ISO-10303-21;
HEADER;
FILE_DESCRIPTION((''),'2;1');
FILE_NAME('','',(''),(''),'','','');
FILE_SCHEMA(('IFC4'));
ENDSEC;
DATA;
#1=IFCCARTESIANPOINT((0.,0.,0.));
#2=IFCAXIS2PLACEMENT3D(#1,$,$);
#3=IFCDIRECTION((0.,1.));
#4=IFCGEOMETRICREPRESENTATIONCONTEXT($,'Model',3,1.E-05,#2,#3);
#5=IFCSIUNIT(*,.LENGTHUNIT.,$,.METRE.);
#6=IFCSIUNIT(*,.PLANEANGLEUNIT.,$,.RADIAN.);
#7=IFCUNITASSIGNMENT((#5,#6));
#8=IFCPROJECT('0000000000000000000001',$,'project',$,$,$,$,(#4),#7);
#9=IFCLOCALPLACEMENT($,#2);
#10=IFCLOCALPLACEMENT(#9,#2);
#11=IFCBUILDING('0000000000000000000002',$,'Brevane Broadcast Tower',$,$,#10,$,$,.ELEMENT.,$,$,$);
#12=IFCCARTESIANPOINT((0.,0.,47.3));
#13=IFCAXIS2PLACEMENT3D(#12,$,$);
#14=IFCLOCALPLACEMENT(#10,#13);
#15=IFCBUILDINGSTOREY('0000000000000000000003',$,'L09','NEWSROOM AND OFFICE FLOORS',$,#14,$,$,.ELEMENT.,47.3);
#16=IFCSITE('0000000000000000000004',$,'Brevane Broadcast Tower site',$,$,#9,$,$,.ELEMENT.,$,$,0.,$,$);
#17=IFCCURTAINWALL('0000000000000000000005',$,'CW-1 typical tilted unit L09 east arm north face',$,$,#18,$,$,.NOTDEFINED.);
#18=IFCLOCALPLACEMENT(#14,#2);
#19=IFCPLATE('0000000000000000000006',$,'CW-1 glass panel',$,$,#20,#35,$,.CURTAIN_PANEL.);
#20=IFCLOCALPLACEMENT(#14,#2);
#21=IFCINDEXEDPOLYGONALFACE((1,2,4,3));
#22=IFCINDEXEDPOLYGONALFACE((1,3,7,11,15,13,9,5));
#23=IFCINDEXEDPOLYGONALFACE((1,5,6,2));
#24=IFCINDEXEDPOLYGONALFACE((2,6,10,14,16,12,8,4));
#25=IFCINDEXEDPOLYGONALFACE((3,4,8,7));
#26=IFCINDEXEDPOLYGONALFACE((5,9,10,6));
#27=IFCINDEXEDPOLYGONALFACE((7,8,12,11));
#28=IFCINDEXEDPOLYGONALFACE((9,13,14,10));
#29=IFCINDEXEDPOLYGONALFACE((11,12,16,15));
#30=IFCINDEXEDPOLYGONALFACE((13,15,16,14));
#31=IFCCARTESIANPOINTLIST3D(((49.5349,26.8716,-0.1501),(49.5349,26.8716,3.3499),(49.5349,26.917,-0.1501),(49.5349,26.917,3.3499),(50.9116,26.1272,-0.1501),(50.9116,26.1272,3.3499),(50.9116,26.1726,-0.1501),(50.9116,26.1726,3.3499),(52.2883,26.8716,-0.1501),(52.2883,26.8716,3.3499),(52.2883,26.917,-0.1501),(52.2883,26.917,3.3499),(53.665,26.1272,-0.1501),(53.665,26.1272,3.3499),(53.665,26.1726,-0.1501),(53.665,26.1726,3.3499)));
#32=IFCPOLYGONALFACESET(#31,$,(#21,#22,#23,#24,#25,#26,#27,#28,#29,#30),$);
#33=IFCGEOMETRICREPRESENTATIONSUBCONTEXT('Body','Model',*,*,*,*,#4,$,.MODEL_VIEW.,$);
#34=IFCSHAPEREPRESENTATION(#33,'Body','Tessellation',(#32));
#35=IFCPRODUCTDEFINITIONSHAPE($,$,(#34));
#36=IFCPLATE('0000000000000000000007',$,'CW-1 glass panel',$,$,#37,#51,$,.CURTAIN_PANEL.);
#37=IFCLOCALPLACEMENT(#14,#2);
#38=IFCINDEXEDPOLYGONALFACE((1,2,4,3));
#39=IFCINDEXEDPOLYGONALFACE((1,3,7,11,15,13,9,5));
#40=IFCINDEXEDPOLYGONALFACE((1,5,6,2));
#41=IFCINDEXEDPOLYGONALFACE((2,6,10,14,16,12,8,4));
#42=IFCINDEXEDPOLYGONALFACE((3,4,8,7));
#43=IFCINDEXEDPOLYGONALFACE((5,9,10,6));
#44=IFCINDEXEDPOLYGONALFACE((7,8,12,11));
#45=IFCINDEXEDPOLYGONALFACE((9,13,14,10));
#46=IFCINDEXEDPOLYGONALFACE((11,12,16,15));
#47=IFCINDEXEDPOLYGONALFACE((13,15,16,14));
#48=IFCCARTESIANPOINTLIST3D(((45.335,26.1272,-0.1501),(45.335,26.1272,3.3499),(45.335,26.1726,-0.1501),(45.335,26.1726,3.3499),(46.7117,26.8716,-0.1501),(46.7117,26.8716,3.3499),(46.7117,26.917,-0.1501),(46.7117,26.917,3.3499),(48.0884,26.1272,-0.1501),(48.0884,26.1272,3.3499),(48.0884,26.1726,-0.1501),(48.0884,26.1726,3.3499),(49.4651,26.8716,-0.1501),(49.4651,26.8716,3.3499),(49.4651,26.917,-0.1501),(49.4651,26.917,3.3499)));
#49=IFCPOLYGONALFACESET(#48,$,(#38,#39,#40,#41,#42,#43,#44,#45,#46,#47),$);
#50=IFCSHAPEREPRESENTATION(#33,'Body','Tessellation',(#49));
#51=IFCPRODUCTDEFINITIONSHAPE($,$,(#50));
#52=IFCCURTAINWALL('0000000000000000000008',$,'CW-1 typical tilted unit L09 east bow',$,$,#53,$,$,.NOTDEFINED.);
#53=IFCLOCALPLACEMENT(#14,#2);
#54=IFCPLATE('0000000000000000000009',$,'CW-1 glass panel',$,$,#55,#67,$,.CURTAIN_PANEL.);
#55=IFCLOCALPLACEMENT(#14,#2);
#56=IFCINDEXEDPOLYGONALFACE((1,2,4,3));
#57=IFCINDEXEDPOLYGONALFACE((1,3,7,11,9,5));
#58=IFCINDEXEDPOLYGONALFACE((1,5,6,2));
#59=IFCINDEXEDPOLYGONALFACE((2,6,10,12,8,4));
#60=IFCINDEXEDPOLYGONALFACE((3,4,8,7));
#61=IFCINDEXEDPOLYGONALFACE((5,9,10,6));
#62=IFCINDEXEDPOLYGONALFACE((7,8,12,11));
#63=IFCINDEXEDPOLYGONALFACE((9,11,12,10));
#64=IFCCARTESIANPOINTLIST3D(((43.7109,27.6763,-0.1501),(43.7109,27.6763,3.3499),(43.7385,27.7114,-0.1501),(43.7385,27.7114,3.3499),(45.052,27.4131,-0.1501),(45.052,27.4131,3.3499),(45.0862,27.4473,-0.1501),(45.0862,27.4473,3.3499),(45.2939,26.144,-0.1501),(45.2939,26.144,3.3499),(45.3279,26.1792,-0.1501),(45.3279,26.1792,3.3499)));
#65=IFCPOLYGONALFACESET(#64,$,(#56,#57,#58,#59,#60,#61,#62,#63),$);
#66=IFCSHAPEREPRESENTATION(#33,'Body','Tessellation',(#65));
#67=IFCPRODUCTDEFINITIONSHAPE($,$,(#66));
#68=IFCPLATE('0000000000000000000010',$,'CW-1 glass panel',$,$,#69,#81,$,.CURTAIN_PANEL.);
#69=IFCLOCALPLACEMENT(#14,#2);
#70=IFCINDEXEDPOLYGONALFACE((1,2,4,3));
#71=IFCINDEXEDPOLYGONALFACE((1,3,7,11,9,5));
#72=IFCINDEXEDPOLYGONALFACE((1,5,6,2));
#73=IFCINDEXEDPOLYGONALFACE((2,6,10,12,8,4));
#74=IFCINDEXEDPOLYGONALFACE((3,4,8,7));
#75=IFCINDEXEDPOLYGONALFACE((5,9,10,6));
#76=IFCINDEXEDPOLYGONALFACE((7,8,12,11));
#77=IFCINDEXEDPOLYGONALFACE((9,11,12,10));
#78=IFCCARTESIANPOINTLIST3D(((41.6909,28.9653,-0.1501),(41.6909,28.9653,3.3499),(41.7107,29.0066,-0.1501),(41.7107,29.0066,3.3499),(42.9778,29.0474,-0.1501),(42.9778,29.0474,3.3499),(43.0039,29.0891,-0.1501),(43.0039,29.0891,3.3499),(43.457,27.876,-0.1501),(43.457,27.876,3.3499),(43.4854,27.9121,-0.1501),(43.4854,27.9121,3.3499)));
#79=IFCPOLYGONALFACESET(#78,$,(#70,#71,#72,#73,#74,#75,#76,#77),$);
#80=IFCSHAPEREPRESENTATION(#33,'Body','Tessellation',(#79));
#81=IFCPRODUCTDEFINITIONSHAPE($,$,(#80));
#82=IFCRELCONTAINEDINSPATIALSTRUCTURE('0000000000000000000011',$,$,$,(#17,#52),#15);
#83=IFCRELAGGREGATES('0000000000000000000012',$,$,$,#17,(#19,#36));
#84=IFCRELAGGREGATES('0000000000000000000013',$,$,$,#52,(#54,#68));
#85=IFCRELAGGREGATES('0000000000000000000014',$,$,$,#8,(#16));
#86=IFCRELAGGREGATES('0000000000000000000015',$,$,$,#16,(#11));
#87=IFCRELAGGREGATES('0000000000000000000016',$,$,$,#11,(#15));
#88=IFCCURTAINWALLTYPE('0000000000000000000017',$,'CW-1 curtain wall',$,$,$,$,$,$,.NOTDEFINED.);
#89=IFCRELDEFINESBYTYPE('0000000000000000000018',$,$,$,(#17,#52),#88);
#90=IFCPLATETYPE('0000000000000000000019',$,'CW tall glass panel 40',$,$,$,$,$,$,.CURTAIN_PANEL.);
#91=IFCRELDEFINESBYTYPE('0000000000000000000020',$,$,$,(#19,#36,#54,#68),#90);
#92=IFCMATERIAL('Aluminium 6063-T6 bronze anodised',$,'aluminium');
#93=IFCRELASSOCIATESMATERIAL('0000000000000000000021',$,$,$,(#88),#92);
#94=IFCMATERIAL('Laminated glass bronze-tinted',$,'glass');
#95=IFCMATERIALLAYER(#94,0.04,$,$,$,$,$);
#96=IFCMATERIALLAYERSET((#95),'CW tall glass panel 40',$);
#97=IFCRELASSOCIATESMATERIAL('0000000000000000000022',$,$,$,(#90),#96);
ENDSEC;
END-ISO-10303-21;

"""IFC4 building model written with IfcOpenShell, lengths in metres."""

from ifc_helpers import new_model, si_unit, direction, frame, origin, place, context, subcontext, project, spatial, polyline, outline, extrude, material, layer, layer_set, type_object, element, aggregate, save


model = new_model("IFC4")

# Units and contexts
model_context = context("Model", 3, precision=1e-05, world=origin(), true_north=direction((0.0, 1.0)))
body_context = subcontext(model_context, "Body", "Model", "MODEL_VIEW")
ifc_project = project(units=[si_unit("LENGTHUNIT", "METRE"), si_unit("PLANEANGLEUNIT", "RADIAN")], contexts=[model_context])

# Site, building, storey
site_placement = place(None, origin())
site = spatial("IfcSite", under=ifc_project, at=site_placement, Name="Brevane Broadcast Tower site", CompositionType="ELEMENT", RefElevation=0.0)
building_placement = place(site_placement, origin())
building = spatial("IfcBuilding", under=site, at=building_placement, Name="Brevane Broadcast Tower", CompositionType="ELEMENT")
storey_placement = place(building_placement, frame((0.0, 0.0, 47.3)))
storey = spatial("IfcBuildingStorey", under=building, at=storey_placement, Name="L09", Description="NEWSROOM AND OFFICE FLOORS", CompositionType="ELEMENT", Elevation=47.3)

# Curtain walls, plates
ifc_material_1 = material(Name="Aluminium 6063-T6 bronze anodised", Category="aluminium")
curtain_wall_type = type_object("IfcCurtainWallType", Name="CW-1 curtain wall", PredefinedType="NOTDEFINED", material=ifc_material_1)
ifc_material_2 = material(Name="Laminated glass bronze-tinted", Category="glass")
ifc_layer = layer(ifc_material_2, 0.04)
ifc_layer_set = layer_set([ifc_layer], Name="CW tall glass panel 40")
plate_type = type_object("IfcPlateType", Name="CW tall glass panel 40", PredefinedType="CURTAIN_PANEL", material=ifc_layer_set)
curtain_wall_1_placement = place(storey_placement, origin())
curtain_wall_1 = element("IfcCurtainWall", 1, at=curtain_wall_1_placement, inside=storey, type_object=curtain_wall_type, Name="CW-1 typical tilted unit L09 east arm north face", PredefinedType="NOTDEFINED")
plate_1_placement = place(storey_placement, frame((0.0, 0.0, -0.1501)))
plate_1 = element("IfcPlate", 2, at=plate_1_placement, type_object=plate_type, Name="CW-1 glass panel", PredefinedType="CURTAIN_PANEL", context=body_context, shape_type="SweptSolid", body=[
    extrude(outline(polyline([(53.665, 26.1272), (53.665, 26.1726), (52.2883, 26.917), (50.9116, 26.1726), (49.5349, 26.917), (49.5349, 26.8716), (50.9116, 26.1272), (52.2883, 26.8716), (53.665, 26.1272)])), origin(), (0.0, 0.0, 1.0), 3.5),
])
plate_2_placement = place(storey_placement, frame((0.0, 0.0, -0.1501)))
plate_2 = element("IfcPlate", 3, at=plate_2_placement, type_object=plate_type, Name="CW-1 glass panel", PredefinedType="CURTAIN_PANEL", context=body_context, shape_type="SweptSolid", body=[
    extrude(outline(polyline([(49.4651, 26.8716), (49.4651, 26.917), (48.0884, 26.1726), (46.7117, 26.917), (45.335, 26.1726), (45.335, 26.1272), (46.7117, 26.8716), (48.0884, 26.1272), (49.4651, 26.8716)])), origin(), (0.0, 0.0, 1.0), 3.5),
])
aggregate(curtain_wall_1, [plate_1, plate_2])
curtain_wall_2_placement = place(storey_placement, origin())
curtain_wall_2 = element("IfcCurtainWall", 4, at=curtain_wall_2_placement, inside=storey, type_object=curtain_wall_type, Name="CW-1 typical tilted unit L09 east bow", PredefinedType="NOTDEFINED")
plate_3_placement = place(storey_placement, frame((0.0, 0.0, -0.1501)))
plate_3 = element("IfcPlate", 5, at=plate_3_placement, type_object=plate_type, Name="CW-1 glass panel", PredefinedType="CURTAIN_PANEL", context=body_context, shape_type="SweptSolid", body=[
    extrude(outline(polyline([(45.2939, 26.144), (45.3279, 26.1792), (45.0862, 27.4473), (43.7385, 27.7114), (43.7109, 27.6763), (45.052, 27.4131), (45.2939, 26.144)])), origin(), (0.0, 0.0, 1.0), 3.5),
])
plate_4_placement = place(storey_placement, frame((0.0, 0.0, -0.1501)))
plate_4 = element("IfcPlate", 6, at=plate_4_placement, type_object=plate_type, Name="CW-1 glass panel", PredefinedType="CURTAIN_PANEL", context=body_context, shape_type="SweptSolid", body=[
    extrude(outline(polyline([(43.457, 27.876), (43.4854, 27.9121), (43.0039, 29.0891), (41.7107, 29.0066), (41.6909, 28.9653), (42.9778, 29.0474), (43.457, 27.876)])), origin(), (0.0, 0.0, 1.0), 3.5),
])
aggregate(curtain_wall_2, [plate_3, plate_4])

save(model, "model.ifc")
